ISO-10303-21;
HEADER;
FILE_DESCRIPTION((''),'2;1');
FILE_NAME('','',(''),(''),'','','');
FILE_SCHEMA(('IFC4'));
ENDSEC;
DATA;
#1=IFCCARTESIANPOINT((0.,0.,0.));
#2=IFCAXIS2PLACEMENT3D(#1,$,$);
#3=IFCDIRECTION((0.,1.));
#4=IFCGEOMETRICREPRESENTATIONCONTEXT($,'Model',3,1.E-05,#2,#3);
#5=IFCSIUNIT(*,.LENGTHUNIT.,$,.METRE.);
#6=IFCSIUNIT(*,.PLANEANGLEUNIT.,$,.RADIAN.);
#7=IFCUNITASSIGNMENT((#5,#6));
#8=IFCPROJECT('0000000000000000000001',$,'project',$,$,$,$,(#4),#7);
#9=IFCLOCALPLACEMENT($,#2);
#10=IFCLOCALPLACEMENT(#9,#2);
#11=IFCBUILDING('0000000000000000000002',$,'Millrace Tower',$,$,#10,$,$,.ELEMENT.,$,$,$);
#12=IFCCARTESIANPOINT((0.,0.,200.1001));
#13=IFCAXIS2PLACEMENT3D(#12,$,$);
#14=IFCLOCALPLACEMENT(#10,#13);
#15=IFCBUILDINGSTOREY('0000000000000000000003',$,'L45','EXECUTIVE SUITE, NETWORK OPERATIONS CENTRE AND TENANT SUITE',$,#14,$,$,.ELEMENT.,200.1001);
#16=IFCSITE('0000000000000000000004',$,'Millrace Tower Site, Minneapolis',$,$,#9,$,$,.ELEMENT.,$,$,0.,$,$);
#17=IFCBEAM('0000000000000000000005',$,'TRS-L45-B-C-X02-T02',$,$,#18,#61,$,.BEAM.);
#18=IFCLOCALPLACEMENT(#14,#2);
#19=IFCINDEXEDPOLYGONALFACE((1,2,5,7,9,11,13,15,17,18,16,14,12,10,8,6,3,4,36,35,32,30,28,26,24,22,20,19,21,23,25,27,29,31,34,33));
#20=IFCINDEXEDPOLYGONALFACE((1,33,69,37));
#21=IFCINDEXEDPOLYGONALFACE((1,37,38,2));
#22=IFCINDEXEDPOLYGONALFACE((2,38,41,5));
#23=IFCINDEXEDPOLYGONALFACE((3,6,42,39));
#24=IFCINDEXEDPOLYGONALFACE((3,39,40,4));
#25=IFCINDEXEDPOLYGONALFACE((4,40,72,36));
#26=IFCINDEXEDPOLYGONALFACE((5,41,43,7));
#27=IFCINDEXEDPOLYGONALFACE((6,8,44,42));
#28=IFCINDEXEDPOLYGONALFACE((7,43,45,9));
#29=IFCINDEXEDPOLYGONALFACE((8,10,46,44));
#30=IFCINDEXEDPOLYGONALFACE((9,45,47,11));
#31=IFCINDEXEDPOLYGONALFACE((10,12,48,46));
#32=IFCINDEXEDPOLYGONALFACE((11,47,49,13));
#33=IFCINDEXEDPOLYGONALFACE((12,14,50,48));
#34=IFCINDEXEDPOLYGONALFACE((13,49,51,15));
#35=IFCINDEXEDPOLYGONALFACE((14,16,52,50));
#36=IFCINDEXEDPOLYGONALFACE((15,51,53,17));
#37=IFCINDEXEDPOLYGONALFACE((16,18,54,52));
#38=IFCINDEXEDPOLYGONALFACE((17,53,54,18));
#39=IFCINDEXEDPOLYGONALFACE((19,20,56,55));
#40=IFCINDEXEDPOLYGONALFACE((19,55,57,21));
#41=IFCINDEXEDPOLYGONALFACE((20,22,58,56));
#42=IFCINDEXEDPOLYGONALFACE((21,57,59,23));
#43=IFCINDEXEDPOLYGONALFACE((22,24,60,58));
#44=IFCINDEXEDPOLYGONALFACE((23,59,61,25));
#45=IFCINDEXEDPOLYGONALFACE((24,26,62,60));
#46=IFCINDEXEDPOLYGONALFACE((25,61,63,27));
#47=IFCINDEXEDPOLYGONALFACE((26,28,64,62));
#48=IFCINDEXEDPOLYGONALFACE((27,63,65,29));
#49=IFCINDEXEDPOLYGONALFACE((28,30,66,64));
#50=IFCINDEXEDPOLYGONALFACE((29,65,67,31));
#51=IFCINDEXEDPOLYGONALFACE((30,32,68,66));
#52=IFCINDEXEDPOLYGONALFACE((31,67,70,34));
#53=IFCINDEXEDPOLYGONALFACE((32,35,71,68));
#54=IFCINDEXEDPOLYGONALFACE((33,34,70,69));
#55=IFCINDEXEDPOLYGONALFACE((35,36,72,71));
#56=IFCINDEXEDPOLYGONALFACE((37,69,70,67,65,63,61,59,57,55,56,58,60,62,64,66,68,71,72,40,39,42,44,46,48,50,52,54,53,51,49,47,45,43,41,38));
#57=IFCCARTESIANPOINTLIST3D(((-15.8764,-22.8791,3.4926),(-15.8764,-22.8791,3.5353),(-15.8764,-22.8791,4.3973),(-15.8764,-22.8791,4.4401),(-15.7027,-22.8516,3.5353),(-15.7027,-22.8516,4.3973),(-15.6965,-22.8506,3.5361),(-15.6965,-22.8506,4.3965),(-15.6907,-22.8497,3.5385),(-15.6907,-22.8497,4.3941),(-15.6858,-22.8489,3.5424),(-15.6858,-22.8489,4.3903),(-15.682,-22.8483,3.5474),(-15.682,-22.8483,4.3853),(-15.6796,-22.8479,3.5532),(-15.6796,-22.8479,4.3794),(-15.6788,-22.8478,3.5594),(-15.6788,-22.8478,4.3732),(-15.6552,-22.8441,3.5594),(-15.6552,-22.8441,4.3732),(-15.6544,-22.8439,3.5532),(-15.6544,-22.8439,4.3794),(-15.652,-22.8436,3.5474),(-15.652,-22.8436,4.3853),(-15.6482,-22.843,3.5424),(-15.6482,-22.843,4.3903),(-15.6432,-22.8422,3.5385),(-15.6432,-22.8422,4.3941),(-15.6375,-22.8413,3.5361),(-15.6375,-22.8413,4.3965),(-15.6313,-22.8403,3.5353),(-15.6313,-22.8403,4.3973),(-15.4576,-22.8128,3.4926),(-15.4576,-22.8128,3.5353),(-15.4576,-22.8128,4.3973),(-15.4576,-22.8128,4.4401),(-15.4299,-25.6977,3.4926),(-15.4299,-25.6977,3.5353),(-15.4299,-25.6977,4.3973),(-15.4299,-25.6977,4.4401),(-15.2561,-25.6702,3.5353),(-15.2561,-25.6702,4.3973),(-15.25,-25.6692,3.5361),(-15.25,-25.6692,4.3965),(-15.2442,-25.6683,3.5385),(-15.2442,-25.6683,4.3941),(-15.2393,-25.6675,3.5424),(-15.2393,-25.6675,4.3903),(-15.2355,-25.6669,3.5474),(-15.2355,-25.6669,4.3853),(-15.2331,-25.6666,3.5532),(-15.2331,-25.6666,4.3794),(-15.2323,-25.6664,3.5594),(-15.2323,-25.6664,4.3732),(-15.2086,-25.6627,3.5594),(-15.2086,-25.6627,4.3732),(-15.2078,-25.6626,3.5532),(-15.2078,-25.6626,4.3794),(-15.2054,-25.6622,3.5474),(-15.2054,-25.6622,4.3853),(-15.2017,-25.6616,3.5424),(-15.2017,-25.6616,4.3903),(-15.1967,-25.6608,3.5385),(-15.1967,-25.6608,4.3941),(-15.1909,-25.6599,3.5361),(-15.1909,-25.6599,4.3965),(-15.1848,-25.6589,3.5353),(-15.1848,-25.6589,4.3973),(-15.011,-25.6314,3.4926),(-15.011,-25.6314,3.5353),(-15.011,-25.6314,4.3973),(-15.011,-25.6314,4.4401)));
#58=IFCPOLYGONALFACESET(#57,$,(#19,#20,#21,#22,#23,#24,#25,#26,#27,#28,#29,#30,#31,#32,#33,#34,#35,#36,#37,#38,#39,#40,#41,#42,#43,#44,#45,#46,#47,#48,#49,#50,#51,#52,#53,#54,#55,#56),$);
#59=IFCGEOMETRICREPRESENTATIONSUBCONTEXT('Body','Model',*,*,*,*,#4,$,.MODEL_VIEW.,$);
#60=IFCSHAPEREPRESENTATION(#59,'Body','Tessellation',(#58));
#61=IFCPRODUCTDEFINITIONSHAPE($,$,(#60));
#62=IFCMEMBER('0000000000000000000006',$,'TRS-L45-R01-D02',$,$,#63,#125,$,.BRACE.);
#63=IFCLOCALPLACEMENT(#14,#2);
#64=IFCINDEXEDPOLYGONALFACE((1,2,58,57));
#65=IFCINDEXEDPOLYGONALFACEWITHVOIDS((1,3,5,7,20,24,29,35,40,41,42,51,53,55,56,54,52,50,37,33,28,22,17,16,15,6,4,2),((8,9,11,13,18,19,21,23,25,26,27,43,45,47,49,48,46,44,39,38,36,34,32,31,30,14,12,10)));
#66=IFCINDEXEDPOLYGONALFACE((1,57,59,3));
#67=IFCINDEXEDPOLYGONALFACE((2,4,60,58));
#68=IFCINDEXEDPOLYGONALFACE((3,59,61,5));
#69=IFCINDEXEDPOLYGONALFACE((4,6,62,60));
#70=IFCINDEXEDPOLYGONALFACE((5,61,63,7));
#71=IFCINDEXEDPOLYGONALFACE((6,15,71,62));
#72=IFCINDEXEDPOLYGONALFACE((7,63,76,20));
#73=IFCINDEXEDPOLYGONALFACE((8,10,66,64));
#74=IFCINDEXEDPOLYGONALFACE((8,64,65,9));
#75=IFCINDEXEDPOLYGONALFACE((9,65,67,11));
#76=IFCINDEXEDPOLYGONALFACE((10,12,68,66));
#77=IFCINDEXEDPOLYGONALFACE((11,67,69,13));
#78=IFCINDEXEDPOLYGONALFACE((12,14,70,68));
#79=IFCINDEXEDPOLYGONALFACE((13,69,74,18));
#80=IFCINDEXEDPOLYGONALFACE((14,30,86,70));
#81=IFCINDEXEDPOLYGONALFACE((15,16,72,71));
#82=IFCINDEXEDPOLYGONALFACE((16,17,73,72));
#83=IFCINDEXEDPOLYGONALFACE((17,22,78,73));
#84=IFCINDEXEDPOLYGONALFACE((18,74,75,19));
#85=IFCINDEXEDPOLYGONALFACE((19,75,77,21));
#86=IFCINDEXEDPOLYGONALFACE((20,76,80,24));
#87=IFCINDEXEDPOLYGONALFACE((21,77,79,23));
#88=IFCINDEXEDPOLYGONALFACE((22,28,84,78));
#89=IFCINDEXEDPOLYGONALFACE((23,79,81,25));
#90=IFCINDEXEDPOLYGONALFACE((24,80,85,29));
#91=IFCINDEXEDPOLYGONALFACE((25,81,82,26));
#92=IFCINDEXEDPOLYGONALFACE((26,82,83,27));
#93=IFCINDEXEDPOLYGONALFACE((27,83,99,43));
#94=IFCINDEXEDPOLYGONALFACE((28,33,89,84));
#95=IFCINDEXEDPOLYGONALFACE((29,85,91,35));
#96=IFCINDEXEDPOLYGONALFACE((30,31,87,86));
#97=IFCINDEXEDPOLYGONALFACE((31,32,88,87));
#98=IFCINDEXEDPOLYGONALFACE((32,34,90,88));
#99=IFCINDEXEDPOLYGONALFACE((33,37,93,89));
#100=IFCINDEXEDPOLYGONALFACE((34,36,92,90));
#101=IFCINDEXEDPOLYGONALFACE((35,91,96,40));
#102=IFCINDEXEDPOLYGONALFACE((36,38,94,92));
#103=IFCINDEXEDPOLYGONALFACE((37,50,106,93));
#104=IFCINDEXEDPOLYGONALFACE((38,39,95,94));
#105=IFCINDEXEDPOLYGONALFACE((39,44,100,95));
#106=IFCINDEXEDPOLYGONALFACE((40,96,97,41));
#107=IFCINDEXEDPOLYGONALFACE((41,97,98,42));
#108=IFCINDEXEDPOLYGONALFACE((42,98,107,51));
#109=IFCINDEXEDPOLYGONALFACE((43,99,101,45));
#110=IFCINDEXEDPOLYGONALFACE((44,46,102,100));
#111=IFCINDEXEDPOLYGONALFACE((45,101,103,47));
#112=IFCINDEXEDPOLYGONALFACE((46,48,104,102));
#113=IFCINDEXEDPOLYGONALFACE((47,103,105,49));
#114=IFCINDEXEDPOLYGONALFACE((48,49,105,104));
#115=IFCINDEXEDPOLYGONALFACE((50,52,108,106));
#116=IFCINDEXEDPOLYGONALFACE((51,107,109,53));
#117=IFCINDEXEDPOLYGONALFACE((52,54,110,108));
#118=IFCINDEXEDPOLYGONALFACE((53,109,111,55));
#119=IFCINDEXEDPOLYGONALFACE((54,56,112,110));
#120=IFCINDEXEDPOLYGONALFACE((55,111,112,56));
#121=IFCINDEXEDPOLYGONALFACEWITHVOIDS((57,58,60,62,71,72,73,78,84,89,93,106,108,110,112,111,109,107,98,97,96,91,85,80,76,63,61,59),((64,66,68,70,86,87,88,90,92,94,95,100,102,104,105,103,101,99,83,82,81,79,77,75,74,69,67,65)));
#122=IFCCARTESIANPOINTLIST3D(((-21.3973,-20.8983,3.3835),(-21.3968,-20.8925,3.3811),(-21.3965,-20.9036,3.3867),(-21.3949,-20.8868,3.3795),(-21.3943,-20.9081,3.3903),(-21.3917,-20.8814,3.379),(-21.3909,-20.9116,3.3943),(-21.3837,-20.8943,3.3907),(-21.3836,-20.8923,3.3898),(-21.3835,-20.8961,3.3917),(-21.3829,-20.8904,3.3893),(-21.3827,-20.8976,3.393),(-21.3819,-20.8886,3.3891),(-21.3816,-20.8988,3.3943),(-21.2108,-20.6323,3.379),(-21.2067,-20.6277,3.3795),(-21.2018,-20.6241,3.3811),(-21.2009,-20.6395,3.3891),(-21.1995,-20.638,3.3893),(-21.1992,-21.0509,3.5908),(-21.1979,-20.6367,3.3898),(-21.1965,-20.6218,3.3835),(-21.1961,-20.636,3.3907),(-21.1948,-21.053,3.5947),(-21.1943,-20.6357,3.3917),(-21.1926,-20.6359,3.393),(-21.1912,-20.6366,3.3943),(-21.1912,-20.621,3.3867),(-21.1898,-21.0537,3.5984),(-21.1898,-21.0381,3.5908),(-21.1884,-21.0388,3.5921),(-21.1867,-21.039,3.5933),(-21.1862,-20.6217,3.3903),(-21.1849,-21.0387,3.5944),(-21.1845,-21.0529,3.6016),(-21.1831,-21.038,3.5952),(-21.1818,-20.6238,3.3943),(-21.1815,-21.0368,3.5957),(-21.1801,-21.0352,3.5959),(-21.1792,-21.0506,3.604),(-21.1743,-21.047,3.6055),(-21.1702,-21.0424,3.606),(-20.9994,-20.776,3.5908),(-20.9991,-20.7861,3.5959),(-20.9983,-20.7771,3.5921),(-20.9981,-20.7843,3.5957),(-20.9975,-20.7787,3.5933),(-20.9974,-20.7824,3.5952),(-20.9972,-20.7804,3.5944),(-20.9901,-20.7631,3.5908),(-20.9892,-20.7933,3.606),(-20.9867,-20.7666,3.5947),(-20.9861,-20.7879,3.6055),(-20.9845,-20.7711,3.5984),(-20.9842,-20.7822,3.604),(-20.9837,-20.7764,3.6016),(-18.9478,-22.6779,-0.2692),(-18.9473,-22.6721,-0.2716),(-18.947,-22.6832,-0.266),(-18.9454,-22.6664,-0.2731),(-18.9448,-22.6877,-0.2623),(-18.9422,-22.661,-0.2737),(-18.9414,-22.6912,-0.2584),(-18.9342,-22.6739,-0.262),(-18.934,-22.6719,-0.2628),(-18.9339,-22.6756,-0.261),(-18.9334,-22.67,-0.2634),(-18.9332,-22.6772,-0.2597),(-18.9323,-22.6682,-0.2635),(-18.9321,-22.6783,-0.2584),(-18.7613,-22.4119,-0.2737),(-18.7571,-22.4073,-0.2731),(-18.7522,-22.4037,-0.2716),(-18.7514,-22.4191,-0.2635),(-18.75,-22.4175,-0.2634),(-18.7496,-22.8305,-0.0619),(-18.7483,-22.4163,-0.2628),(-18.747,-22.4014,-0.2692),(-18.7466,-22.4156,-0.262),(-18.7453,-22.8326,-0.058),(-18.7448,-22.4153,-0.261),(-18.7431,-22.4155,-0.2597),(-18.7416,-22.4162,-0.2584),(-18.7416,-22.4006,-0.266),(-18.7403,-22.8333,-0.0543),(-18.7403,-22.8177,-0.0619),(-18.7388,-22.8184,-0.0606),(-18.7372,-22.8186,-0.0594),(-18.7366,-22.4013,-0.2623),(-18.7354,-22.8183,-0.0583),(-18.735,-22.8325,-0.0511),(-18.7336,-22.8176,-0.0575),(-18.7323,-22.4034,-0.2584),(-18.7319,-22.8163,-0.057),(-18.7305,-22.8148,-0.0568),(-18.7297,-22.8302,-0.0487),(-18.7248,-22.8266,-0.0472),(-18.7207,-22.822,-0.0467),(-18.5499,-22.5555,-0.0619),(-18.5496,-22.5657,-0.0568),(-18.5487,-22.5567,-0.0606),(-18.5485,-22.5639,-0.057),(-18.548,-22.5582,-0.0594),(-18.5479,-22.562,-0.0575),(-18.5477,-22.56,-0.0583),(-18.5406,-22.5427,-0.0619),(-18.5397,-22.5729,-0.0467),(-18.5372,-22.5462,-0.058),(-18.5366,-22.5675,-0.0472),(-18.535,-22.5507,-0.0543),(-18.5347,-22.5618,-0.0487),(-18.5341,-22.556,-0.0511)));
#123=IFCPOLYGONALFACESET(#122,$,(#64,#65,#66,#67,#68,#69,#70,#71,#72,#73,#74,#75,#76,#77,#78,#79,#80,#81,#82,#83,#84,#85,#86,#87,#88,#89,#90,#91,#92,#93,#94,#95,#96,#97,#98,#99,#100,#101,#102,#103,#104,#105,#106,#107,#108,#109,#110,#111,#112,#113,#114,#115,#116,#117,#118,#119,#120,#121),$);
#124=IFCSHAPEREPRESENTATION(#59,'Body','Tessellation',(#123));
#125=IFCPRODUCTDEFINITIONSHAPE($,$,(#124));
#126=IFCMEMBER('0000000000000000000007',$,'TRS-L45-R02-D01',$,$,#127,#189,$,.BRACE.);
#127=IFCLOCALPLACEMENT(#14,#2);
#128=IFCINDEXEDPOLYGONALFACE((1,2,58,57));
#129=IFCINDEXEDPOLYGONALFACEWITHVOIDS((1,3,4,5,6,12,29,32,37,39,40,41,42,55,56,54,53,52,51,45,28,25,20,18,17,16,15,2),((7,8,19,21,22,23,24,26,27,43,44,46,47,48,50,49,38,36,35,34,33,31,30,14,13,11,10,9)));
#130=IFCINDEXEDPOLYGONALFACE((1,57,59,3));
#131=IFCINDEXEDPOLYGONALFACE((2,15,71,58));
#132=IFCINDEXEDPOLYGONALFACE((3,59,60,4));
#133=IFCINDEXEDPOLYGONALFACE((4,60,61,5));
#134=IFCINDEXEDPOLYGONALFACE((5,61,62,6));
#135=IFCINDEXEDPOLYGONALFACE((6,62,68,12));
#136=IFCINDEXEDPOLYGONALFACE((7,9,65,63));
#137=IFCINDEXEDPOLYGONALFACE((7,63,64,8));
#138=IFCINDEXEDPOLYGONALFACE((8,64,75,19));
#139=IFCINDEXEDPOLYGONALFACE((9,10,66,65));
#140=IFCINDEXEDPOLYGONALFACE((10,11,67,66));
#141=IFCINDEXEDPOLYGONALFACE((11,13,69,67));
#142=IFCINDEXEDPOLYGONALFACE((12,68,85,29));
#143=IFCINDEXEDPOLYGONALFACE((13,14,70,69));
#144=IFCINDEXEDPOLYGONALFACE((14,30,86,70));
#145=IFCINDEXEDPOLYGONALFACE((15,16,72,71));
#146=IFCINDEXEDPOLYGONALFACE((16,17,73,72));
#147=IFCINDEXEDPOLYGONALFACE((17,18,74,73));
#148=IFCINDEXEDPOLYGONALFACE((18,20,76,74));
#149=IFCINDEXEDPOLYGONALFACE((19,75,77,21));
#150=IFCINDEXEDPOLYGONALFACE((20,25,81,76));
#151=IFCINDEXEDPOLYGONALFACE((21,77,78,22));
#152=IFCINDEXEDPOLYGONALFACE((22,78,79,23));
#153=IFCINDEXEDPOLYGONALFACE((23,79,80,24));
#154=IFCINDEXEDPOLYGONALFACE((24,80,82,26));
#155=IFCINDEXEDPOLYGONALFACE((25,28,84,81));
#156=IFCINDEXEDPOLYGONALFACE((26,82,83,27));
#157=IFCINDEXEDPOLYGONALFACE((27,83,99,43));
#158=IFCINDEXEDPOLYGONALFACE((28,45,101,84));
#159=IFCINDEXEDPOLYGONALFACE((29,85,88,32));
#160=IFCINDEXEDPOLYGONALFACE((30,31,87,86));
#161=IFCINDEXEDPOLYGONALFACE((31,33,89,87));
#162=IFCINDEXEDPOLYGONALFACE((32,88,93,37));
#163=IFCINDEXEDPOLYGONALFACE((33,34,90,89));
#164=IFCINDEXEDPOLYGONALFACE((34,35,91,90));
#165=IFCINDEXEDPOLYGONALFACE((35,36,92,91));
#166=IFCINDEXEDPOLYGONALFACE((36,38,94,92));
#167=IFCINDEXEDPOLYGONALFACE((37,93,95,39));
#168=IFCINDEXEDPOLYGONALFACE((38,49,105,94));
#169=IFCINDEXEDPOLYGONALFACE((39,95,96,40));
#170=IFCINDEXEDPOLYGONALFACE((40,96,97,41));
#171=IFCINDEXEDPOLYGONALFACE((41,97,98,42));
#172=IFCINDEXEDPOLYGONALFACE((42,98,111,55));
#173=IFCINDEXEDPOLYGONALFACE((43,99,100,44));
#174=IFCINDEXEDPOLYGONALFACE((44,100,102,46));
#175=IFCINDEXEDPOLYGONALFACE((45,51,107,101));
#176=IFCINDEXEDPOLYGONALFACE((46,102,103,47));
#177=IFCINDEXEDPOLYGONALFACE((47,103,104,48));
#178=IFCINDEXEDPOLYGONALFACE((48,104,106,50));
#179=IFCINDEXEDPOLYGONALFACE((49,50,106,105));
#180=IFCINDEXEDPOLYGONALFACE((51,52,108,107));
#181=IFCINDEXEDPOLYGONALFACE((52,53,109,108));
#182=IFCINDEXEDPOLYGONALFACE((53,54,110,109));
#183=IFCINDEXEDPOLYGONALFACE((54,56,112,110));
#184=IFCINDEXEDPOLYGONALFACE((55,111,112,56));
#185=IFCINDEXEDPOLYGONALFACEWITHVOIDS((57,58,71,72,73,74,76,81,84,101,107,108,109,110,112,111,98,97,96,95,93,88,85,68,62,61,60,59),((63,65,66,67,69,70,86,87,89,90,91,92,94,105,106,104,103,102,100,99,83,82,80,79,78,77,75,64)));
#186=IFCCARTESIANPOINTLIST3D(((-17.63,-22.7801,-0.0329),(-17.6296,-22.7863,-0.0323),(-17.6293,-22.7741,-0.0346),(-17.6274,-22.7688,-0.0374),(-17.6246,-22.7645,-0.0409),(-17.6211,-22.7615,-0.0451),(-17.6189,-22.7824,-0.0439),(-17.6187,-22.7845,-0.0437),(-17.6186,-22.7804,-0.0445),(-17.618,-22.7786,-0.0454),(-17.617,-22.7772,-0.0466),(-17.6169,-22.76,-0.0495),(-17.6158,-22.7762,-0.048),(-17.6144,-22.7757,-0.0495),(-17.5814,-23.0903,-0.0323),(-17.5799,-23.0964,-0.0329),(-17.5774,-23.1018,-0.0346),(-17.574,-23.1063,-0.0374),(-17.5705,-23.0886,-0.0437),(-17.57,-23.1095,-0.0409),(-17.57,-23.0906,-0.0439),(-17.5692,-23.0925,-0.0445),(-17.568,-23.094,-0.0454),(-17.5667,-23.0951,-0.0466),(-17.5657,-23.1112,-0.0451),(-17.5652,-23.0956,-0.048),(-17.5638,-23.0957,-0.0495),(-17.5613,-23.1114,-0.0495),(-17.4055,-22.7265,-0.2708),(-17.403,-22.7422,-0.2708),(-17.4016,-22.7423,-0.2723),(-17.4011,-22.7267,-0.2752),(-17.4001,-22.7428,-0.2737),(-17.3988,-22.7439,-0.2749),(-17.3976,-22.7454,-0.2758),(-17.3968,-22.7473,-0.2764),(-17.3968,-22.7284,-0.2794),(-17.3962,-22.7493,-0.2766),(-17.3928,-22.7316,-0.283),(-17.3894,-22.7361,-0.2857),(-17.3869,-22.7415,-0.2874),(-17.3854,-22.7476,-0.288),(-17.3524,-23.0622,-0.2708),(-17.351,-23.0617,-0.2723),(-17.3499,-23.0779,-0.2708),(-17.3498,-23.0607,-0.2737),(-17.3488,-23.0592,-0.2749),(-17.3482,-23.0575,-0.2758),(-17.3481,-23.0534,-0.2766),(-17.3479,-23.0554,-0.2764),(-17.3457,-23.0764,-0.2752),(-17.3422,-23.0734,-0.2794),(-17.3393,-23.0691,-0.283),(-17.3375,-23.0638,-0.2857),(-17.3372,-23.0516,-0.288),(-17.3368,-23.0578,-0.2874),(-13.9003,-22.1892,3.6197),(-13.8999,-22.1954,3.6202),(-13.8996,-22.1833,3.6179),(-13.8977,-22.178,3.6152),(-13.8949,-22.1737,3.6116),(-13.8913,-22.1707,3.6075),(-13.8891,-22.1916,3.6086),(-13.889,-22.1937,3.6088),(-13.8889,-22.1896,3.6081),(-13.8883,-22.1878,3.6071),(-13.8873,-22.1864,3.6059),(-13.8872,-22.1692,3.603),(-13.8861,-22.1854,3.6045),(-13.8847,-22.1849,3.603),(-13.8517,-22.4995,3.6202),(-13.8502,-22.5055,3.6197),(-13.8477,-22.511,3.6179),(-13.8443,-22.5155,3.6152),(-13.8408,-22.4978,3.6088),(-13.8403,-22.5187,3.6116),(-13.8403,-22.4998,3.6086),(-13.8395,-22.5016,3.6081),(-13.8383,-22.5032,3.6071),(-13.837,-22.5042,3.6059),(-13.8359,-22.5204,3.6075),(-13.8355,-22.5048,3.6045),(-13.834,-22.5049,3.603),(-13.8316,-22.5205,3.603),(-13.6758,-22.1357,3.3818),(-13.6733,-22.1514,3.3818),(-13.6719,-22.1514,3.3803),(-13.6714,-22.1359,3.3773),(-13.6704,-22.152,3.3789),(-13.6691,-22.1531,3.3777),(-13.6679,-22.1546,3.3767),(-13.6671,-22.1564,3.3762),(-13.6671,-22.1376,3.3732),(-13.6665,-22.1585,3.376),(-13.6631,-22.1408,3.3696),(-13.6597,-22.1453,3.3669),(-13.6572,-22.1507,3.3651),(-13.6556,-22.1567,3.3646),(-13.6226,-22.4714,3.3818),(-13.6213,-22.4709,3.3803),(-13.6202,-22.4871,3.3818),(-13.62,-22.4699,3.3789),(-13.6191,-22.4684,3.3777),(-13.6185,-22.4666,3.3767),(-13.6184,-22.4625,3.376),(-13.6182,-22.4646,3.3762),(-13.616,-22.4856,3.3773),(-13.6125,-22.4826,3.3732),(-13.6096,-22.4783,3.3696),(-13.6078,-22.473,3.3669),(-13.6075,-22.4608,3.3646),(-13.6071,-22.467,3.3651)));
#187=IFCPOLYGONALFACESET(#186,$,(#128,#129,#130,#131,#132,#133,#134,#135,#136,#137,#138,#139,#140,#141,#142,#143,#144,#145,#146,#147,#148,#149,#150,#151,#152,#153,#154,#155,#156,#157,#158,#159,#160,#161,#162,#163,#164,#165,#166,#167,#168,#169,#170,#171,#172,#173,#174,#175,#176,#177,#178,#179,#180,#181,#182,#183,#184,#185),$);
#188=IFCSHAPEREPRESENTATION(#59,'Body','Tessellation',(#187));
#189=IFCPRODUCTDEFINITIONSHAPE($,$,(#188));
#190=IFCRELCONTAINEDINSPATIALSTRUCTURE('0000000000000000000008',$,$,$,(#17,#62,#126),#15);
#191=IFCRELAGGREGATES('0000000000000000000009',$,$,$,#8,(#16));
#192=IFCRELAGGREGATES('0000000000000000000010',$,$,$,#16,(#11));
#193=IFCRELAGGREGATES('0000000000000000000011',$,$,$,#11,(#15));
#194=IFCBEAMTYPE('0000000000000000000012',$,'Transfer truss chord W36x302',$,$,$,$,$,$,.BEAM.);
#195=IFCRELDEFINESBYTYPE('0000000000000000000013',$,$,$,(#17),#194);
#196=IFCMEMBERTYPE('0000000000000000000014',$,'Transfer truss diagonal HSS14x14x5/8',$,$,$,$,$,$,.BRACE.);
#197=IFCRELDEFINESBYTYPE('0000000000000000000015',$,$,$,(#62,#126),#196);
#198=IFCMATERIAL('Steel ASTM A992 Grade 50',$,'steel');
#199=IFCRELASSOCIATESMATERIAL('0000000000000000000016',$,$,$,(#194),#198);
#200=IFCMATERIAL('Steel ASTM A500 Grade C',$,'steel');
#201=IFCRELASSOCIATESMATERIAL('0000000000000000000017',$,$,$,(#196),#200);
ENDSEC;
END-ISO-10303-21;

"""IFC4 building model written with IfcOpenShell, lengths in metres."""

from ifc_helpers import new_model, si_unit, direction, frame, origin, origin_2d, place, context, subcontext, project, spatial, hollow_rectangle, i_section, extrude, material, material_profile, profile_set, type_object, element, save


model = new_model("IFC4")

# Units and contexts
model_context = context("Model", 3, precision=1e-05, world=origin(), true_north=direction((0.0, 1.0)))
body_context = subcontext(model_context, "Body", "Model", "MODEL_VIEW")
ifc_project = project(units=[si_unit("LENGTHUNIT", "METRE"), si_unit("PLANEANGLEUNIT", "RADIAN")], contexts=[model_context])

# Site, building, storey
site_placement = place(None, origin())
site = spatial("IfcSite", under=ifc_project, at=site_placement, Name="Millrace Tower Site, Minneapolis", CompositionType="ELEMENT", RefElevation=0.0)
building_placement = place(site_placement, origin())
building = spatial("IfcBuilding", under=site, at=building_placement, Name="Millrace Tower", CompositionType="ELEMENT")
storey_placement = place(building_placement, frame((0.0, 0.0, 200.1001)))
storey = spatial("IfcBuildingStorey", under=building, at=storey_placement, Name="L45", Description="EXECUTIVE SUITE, NETWORK OPERATIONS CENTRE AND TENANT SUITE", CompositionType="ELEMENT", Elevation=200.1001)

# Beam
ifc_material_1 = material(Name="Steel ASTM A992 Grade 50", Category="steel")
ifc_material_profile_1 = material_profile(ifc_material_1, i_section(OverallWidth=0.4241, OverallDepth=0.9475, WebThickness=0.0239, FlangeThickness=0.0427, FilletRadius=0.0242, at=origin_2d()))
ifc_profile_set_1 = profile_set([ifc_material_profile_1], Name="Steel ASTM A992 Grade 50")
beam_type_1 = type_object("IfcBeamType", Name="Transfer truss chord W36x302", PredefinedType="BEAM", material=ifc_profile_set_1)
for number, where, z_axis, x_axis, name in (
    (1, (-15.2205, -25.6646, 3.9663), (-0.156472, 0.987682, 0.0), (-0.987682, -0.156472, 0.0), "TRS-L45-B-C-X02-T02"),
):
    element("IfcBeam", number, at=place(storey_placement, frame(where, z_axis=z_axis, x_axis=x_axis)), inside=storey, type_object=beam_type_1, Name=name, PredefinedType="BEAM", context=body_context, shape_type="SweptSolid", body=[
        extrude(i_section(OverallWidth=0.4241, OverallDepth=0.9475, WebThickness=0.0239, FlangeThickness=0.0427, FilletRadius=0.0242, at=origin_2d()), origin(), (0.0, 0.0, 1.0), 2.8538),
    ])

# Members
ifc_material_2 = material(Name="Steel ASTM A500 Grade C", Category="steel")
ifc_material_profile_2 = material_profile(ifc_material_2, hollow_rectangle(XDim=0.3557, YDim=0.3557, WallThickness=0.0159, InnerFilletRadius=0.0081, OuterFilletRadius=0.0239, at=origin_2d()))
ifc_profile_set_2 = profile_set([ifc_material_profile_2], Name="Steel ASTM A500 Grade C")
member_type_1 = type_object("IfcMemberType", Name="Transfer truss diagonal HSS14x14x5/8", PredefinedType="BRACE", material=ifc_profile_set_2)
member_1_placement = place(storey_placement, frame((-18.741, -22.6169, -0.1602), z_axis=(-0.5163, 0.375093, 0.769896), x_axis=(-0.587764, -0.809032, 0.0)))
element("IfcMember", 2, at=member_1_placement, inside=storey, type_object=member_type_1, Name="TRS-L45-R01-D02", PredefinedType="BRACE", context=body_context, shape_type="SweptSolid", body=[
    extrude(hollow_rectangle(XDim=0.3557, YDim=0.3557, WallThickness=0.0159, InnerFilletRadius=0.0081, OuterFilletRadius=0.0239, at=origin_2d()), origin(), (0.0, 0.0, 1.0), 4.7444),
])
member_2_placement = place(storey_placement, frame((-17.4834, -22.9189, -0.1602), z_axis=(0.709925, 0.112458, 0.695241), x_axis=(-0.156457, 0.987685, 0.0)))
element("IfcMember", 3, at=member_2_placement, inside=storey, type_object=member_type_1, Name="TRS-L45-R02-D01", PredefinedType="BRACE", context=body_context, shape_type="SweptSolid", body=[
    extrude(hollow_rectangle(XDim=0.3557, YDim=0.3557, WallThickness=0.0159, InnerFilletRadius=0.0081, OuterFilletRadius=0.0239, at=origin_2d()), origin(), (0.0, 0.0, 1.0), 5.2537),
])

save(model, "model.ifc")
